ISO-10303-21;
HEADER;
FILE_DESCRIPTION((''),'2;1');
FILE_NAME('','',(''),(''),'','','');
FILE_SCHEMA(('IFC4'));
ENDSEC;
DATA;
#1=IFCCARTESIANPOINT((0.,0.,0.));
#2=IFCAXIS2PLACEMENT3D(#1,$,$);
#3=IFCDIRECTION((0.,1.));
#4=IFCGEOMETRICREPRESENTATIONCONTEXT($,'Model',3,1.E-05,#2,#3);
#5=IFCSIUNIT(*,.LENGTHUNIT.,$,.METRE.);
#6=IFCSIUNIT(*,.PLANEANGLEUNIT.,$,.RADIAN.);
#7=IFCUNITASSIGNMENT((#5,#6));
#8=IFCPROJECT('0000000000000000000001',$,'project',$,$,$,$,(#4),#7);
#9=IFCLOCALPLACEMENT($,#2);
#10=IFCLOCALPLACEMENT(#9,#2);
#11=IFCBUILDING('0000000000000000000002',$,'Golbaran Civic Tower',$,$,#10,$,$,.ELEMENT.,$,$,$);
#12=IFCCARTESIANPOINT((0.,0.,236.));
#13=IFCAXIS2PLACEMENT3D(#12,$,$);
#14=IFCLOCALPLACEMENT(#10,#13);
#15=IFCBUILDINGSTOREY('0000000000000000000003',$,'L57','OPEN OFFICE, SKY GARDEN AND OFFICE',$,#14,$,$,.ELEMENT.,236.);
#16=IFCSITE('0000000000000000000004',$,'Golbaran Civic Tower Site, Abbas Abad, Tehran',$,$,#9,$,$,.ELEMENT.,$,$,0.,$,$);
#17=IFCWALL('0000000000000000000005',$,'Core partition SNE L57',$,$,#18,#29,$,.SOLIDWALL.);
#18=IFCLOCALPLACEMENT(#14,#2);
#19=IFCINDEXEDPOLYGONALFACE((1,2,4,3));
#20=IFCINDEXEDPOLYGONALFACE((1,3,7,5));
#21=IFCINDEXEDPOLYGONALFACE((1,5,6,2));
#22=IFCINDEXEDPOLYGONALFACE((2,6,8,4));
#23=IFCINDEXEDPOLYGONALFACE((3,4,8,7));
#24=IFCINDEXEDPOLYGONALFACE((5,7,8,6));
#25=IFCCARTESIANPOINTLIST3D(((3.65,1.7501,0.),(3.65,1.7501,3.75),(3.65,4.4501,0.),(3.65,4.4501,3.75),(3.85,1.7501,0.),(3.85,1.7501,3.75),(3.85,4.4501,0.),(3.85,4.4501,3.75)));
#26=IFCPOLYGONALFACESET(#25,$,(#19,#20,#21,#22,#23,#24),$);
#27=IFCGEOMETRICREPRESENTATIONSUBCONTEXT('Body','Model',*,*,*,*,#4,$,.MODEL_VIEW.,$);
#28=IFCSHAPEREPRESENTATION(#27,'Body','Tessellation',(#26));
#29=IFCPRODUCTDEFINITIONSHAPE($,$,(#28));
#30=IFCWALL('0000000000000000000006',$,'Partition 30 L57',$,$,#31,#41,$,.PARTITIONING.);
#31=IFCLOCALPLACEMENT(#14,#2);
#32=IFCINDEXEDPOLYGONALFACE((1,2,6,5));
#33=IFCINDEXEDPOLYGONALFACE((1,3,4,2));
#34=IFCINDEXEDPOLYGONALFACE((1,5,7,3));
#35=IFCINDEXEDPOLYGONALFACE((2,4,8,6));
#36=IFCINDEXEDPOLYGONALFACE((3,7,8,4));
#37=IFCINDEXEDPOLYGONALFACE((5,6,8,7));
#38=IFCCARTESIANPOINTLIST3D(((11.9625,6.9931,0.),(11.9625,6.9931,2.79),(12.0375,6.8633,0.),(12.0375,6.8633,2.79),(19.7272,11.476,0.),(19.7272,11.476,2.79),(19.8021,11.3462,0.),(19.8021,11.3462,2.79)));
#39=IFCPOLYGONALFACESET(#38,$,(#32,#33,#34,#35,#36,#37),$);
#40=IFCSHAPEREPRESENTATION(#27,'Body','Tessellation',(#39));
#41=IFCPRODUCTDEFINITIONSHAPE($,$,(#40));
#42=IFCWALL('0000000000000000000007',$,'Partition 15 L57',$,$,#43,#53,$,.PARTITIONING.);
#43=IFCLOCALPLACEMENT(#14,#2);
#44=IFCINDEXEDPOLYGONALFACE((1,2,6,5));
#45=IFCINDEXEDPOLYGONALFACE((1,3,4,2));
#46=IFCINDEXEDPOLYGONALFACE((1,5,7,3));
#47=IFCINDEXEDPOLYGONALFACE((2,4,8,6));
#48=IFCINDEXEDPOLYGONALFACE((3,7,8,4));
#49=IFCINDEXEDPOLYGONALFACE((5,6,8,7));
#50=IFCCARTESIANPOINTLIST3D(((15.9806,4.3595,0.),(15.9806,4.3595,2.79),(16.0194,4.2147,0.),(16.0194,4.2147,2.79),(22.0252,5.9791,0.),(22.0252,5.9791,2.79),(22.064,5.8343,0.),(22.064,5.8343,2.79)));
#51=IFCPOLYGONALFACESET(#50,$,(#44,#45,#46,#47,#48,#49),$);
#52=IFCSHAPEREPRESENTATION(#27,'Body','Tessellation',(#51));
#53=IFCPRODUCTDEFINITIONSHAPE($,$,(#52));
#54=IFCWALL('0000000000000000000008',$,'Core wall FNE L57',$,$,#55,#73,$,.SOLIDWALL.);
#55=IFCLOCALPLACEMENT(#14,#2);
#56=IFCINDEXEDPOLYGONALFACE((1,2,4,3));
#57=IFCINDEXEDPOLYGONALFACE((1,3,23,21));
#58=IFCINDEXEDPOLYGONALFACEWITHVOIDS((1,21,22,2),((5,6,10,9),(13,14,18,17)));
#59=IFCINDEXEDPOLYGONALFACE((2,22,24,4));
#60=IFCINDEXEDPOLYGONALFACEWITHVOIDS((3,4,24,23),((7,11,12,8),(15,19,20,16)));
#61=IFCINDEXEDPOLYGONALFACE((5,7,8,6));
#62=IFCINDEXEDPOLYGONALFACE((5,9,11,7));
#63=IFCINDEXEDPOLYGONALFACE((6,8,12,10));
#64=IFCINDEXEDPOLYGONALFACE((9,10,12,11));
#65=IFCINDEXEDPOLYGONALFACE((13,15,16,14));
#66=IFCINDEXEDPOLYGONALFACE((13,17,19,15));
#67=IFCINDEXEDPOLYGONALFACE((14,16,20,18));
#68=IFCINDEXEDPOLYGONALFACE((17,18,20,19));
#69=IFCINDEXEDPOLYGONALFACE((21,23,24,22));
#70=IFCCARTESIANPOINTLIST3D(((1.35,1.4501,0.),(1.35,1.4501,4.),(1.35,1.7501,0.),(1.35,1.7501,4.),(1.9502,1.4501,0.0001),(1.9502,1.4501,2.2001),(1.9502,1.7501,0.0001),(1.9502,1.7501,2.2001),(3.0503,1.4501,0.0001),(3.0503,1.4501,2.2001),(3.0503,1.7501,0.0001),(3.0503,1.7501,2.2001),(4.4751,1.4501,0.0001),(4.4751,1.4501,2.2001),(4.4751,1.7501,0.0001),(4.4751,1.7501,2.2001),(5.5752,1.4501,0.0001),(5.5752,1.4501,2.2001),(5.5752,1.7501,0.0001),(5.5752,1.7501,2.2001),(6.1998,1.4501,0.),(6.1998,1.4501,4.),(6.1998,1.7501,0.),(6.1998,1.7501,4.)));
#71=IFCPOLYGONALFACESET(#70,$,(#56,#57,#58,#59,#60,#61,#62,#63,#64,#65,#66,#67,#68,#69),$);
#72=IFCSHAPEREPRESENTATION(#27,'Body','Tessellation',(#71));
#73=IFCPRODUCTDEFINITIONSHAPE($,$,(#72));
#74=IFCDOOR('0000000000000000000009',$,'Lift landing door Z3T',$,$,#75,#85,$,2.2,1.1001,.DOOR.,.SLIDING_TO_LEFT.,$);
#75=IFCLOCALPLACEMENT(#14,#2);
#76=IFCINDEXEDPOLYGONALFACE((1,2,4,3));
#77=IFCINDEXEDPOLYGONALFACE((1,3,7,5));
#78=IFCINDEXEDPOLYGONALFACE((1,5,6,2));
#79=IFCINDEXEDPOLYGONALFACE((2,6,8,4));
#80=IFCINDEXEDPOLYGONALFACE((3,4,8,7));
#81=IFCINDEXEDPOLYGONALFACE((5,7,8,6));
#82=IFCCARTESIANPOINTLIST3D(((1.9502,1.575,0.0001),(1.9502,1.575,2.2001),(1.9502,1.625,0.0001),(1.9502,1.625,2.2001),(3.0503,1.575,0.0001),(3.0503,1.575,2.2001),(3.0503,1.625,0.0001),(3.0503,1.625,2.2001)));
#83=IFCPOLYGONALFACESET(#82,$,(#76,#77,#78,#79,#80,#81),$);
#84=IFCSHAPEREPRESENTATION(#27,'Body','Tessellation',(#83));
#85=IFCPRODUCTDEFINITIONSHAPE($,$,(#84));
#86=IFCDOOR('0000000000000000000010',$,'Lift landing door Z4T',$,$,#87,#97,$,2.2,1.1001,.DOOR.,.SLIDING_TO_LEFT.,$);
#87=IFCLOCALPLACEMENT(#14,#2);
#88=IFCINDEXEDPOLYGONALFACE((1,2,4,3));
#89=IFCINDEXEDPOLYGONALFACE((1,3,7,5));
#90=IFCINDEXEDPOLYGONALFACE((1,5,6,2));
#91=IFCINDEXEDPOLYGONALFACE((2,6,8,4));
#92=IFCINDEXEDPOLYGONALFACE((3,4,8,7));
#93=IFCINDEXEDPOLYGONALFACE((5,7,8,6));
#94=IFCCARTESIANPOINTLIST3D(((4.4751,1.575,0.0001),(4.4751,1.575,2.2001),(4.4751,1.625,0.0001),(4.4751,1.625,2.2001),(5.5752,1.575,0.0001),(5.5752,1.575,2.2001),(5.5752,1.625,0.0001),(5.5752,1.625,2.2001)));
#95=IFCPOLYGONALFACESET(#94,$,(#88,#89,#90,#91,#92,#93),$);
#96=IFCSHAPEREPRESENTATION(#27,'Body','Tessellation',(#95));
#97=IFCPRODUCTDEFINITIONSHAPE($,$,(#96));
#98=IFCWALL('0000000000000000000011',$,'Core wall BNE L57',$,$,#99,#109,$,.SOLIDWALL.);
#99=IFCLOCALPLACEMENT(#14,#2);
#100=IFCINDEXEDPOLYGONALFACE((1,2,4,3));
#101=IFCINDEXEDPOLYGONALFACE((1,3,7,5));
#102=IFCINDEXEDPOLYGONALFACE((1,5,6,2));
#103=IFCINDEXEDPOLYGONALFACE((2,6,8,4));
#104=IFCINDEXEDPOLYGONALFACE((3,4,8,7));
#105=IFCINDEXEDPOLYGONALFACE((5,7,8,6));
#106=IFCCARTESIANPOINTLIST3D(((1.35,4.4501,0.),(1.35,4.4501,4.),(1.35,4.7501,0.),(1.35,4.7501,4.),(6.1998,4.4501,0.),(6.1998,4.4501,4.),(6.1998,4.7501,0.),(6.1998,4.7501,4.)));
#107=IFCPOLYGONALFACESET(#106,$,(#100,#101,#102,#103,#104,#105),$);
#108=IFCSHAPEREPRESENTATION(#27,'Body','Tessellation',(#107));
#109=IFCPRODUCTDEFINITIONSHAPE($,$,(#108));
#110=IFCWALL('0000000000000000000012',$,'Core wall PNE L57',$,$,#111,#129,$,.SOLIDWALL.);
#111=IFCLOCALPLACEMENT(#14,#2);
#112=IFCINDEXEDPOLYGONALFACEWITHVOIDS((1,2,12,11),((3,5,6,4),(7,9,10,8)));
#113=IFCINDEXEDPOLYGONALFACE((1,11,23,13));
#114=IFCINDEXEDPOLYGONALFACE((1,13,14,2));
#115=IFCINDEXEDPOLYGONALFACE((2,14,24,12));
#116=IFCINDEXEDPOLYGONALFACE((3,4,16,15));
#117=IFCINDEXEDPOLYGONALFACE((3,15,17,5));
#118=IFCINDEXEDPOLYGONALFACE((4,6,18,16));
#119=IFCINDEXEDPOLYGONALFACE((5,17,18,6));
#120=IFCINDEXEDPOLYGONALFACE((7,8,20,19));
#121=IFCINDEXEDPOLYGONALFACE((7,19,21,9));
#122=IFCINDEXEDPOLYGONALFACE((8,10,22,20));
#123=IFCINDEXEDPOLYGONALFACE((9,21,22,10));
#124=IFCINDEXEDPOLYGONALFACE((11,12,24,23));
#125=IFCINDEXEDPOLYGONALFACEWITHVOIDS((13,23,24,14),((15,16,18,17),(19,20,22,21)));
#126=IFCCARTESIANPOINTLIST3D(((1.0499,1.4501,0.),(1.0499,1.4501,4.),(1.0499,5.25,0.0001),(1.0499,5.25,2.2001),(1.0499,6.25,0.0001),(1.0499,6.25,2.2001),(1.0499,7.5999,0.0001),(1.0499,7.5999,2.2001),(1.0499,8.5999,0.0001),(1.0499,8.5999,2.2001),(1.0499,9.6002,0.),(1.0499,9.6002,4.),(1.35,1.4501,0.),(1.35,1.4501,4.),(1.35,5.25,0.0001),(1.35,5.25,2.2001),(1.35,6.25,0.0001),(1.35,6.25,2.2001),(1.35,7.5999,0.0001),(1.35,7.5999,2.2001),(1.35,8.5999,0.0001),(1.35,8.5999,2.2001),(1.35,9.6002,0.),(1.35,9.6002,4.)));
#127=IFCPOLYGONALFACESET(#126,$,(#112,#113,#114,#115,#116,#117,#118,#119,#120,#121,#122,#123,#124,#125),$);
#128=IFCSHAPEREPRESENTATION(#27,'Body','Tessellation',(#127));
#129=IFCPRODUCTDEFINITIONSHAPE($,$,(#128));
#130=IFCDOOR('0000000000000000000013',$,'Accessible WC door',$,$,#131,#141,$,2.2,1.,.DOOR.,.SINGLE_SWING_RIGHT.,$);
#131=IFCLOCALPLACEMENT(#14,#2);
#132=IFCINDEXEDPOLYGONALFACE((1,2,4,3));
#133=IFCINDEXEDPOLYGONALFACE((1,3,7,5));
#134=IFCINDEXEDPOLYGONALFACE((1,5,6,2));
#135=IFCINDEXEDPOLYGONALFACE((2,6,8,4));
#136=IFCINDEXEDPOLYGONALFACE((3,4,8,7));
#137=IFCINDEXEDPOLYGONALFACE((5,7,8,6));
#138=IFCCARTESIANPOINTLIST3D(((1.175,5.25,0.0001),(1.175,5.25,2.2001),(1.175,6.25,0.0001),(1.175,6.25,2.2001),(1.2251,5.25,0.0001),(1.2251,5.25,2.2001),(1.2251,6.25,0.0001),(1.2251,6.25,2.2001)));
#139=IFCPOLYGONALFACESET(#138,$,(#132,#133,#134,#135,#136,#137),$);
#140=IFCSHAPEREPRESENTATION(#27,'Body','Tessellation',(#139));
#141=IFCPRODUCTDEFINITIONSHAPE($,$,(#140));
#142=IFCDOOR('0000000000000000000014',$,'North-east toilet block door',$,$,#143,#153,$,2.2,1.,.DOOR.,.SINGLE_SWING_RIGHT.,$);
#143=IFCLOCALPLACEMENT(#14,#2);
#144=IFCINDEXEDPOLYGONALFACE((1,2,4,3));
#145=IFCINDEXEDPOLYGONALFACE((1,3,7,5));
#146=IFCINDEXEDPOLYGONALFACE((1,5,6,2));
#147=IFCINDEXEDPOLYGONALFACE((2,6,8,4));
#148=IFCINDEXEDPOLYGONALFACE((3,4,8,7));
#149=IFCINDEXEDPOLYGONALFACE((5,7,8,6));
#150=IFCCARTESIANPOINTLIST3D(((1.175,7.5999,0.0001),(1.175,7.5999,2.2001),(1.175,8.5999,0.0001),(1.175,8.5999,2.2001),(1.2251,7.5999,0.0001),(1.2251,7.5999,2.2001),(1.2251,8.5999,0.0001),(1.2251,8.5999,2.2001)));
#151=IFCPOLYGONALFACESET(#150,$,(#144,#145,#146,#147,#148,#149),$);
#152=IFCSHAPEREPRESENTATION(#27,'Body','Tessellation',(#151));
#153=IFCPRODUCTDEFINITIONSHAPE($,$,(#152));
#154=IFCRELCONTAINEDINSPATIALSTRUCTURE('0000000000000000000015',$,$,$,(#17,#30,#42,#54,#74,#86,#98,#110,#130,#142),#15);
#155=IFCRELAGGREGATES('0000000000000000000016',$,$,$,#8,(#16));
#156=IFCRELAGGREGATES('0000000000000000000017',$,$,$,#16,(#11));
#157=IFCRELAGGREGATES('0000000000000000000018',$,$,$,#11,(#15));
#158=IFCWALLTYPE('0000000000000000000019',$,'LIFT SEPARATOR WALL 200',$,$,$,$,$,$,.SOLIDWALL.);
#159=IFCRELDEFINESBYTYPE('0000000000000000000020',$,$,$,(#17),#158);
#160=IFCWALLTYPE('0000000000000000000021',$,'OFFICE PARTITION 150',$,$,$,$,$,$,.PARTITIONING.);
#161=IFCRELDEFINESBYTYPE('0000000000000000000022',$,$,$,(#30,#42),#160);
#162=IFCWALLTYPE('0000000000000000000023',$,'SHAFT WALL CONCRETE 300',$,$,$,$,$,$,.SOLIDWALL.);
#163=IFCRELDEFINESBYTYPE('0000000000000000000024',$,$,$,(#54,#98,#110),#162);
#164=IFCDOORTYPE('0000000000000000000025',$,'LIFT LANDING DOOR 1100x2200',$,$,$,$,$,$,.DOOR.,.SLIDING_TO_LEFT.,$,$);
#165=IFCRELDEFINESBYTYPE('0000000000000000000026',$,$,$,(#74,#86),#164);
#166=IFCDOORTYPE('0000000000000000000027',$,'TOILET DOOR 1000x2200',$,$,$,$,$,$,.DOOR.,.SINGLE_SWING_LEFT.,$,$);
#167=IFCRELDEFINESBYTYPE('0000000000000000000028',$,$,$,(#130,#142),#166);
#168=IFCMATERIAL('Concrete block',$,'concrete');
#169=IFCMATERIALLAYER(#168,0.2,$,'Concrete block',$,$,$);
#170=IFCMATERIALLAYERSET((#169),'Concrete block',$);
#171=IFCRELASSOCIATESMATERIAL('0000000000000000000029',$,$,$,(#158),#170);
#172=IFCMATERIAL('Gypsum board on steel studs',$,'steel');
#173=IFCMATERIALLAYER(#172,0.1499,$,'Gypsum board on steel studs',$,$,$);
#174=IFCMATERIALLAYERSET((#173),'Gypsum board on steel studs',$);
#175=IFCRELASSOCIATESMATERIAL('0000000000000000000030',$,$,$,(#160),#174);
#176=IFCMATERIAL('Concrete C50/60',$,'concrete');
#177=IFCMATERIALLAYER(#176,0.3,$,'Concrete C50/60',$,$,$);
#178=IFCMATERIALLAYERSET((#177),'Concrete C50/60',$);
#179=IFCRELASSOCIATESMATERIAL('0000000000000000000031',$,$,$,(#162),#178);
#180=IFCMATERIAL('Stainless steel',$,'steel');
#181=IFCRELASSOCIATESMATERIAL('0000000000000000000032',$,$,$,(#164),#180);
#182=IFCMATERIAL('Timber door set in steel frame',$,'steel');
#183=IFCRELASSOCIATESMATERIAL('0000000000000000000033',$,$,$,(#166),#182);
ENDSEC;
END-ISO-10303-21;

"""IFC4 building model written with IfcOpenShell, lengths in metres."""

from ifc_helpers import new_model, si_unit, direction, frame, frame_2d, origin, place, context, subcontext, project, spatial, rectangle, extrude, material, layer, layer_set, type_object, element, fill, save


model = new_model("IFC4")

# Units and contexts
model_context = context("Model", 3, precision=1e-05, world=origin(), true_north=direction((0.0, 1.0)))
body_context = subcontext(model_context, "Body", "Model", "MODEL_VIEW")
ifc_project = project(units=[si_unit("LENGTHUNIT", "METRE"), si_unit("PLANEANGLEUNIT", "RADIAN")], contexts=[model_context])

# Site, building, storey
site_placement = place(None, origin())
site = spatial("IfcSite", under=ifc_project, at=site_placement, Name="Golbaran Civic Tower Site, Abbas Abad, Tehran", CompositionType="ELEMENT", RefElevation=0.0)
building_placement = place(site_placement, origin())
building = spatial("IfcBuilding", under=site, at=building_placement, Name="Golbaran Civic Tower", CompositionType="ELEMENT")
storey_placement = place(building_placement, frame((0.0, 0.0, 236.0)))
storey = spatial("IfcBuildingStorey", under=building, at=storey_placement, Name="L57", Description="OPEN OFFICE, SKY GARDEN AND OFFICE", CompositionType="ELEMENT", Elevation=236.0)

# Shared definitions
ifc_material_1 = material(Name="Concrete block", Category="concrete")
ifc_material_2 = material(Name="Timber door set in steel frame", Category="steel")

# Shared definitions
ifc_material_3 = material(Name="Concrete C50/60", Category="concrete")

# Walls
ifc_layer_1 = layer(ifc_material_1, 0.2, Name="Concrete block")
ifc_layer_set_1 = layer_set([ifc_layer_1], Name="Concrete block")
wall_type_1 = type_object("IfcWallType", Name="LIFT SEPARATOR WALL 200", PredefinedType="SOLIDWALL", material=ifc_layer_set_1)
wall_1_placement = place(storey_placement, frame((3.75, 1.75, 0.0), z_axis=(0.0, 0.0, 1.0), x_axis=(0.0, 1.0, 0.0)))
element("IfcWall", 1, at=wall_1_placement, inside=storey, type_object=wall_type_1, Name="Core partition SNE L57", PredefinedType="SOLIDWALL", context=body_context, shape_type="SweptSolid", body=[
    extrude(rectangle(XDim=2.7, YDim=0.2, at=frame_2d((1.3501, 0.0))), origin(), (0.0, 0.0, 1.0), 3.75),
])
ifc_material_4 = material(Name="Gypsum board on steel studs", Category="steel")
ifc_layer_2 = layer(ifc_material_4, 0.1499, Name="Gypsum board on steel studs")
ifc_layer_set_2 = layer_set([ifc_layer_2], Name="Gypsum board on steel studs")
wall_type_2 = type_object("IfcWallType", Name="OFFICE PARTITION 150", PredefinedType="PARTITIONING", material=ifc_layer_set_2)
wall_2_placement = place(storey_placement, frame((12.0, 6.9282, 0.0), z_axis=(0.0, 0.0, 1.0), x_axis=(0.866026, 0.499999, 0.0)))
element("IfcWall", 2, at=wall_2_placement, inside=storey, type_object=wall_type_2, Name="Partition 30 L57", PredefinedType="PARTITIONING", context=body_context, shape_type="SweptSolid", body=[
    extrude(rectangle(XDim=8.9658, YDim=0.1499, at=frame_2d((4.4829, 0.0))), origin(), (0.0, 0.0, 1.0), 2.79),
])
wall_3_placement = place(storey_placement, frame((16.0, 4.2871, 0.0), z_axis=(0.0, 0.0, 1.0), x_axis=(0.965927, 0.258813, 0.0)))
element("IfcWall", 3, at=wall_3_placement, inside=storey, type_object=wall_type_2, Name="Partition 15 L57", PredefinedType="PARTITIONING", context=body_context, shape_type="SweptSolid", body=[
    extrude(rectangle(XDim=6.2578, YDim=0.1499, at=frame_2d((3.1289, 0.0))), origin(), (0.0, 0.0, 1.0), 2.79),
])

# Wall, openings, doors
ifc_layer_3 = layer(ifc_material_3, 0.3, Name="Concrete C50/60")
ifc_layer_set_3 = layer_set([ifc_layer_3], Name="Concrete C50/60")
wall_type_3 = type_object("IfcWallType", Name="SHAFT WALL CONCRETE 300", PredefinedType="SOLIDWALL", material=ifc_layer_set_3)
wall_4_placement = place(storey_placement, frame((1.3501, 1.6001, 0.0), z_axis=(0.0, 0.0, 1.0), x_axis=(1.0, 0.0, 0.0)))
wall_4 = element("IfcWall", 4, at=wall_4_placement, inside=storey, type_object=wall_type_3, Name="Core wall FNE L57", PredefinedType="SOLIDWALL", context=body_context, shape_type="SweptSolid", body=[
    extrude(rectangle(XDim=4.8499, YDim=0.3, at=frame_2d((2.4248, 0.0))), origin(), (0.0, 0.0, 1.0), 4.0),
])
opening_1_placement = place(wall_4_placement, frame((0.6001, 0.0, 0.0)))
opening_1 = element("IfcOpeningElement", 5, at=opening_1_placement, cuts=wall_4, PredefinedType="OPENING", context=body_context, shape_type="SweptSolid", body=[
    extrude(rectangle(XDim=1.1001, YDim=2.2, at=frame_2d((0.55, 1.1001))), frame((0.0, 0.1599, 0.0), z_axis=(0.0, -1.0, 0.0), x_axis=(1.0, 0.0, 0.0)), (0.0, 0.0, 1.0), 0.3201),
])
opening_2_placement = place(wall_4_placement, frame((3.125, 0.0, 0.0)))
opening_2 = element("IfcOpeningElement", 6, at=opening_2_placement, cuts=wall_4, PredefinedType="OPENING", context=body_context, shape_type="SweptSolid", body=[
    extrude(rectangle(XDim=1.1001, YDim=2.2, at=frame_2d((0.55, 1.1001))), frame((0.0, 0.1599, 0.0), z_axis=(0.0, -1.0, 0.0), x_axis=(1.0, 0.0, 0.0)), (0.0, 0.0, 1.0), 0.3201),
])
ifc_material_5 = material(Name="Stainless steel", Category="steel")
door_type_1 = type_object("IfcDoorType", Name="LIFT LANDING DOOR 1100x2200", OperationType="SLIDING_TO_LEFT", PredefinedType="DOOR", material=ifc_material_5)
door_1_placement = place(opening_1_placement, origin())
door_1 = element("IfcDoor", 7, at=door_1_placement, inside=storey, type_object=door_type_1, Name="Lift landing door Z3T", OperationType="SLIDING_TO_LEFT", OverallHeight=2.2, OverallWidth=1.1001, PredefinedType="DOOR", context=body_context, shape_type="SweptSolid", body=[
    extrude(rectangle(XDim=1.1001, YDim=2.2, at=frame_2d((0.55, 1.1001))), frame((0.0, 0.0249, 0.0), z_axis=(0.0, -1.0, 0.0), x_axis=(1.0, 0.0, 0.0)), (0.0, 0.0, 1.0), 0.05),
])
fill(opening_1, door_1)
door_2_placement = place(opening_2_placement, origin())
door_2 = element("IfcDoor", 8, at=door_2_placement, inside=storey, type_object=door_type_1, Name="Lift landing door Z4T", OperationType="SLIDING_TO_LEFT", OverallHeight=2.2, OverallWidth=1.1001, PredefinedType="DOOR", context=body_context, shape_type="SweptSolid", body=[
    extrude(rectangle(XDim=1.1001, YDim=2.2, at=frame_2d((0.55, 1.1001))), frame((0.0, 0.0249, 0.0), z_axis=(0.0, -1.0, 0.0), x_axis=(1.0, 0.0, 0.0)), (0.0, 0.0, 1.0), 0.05),
])
fill(opening_2, door_2)

# Wall
wall_5_placement = place(storey_placement, frame((1.3501, 4.6001, 0.0), z_axis=(0.0, 0.0, 1.0), x_axis=(1.0, 0.0, 0.0)))
element("IfcWall", 9, at=wall_5_placement, inside=storey, type_object=wall_type_3, Name="Core wall BNE L57", PredefinedType="SOLIDWALL", context=body_context, shape_type="SweptSolid", body=[
    extrude(rectangle(XDim=4.8499, YDim=0.3, at=frame_2d((2.4248, 0.0))), origin(), (0.0, 0.0, 1.0), 4.0),
])

# Wall, openings, doors
wall_6_placement = place(storey_placement, frame((1.2, 1.45, 0.0), z_axis=(0.0, 0.0, 1.0), x_axis=(0.0, 1.0, 0.0)))
wall_6 = element("IfcWall", 10, at=wall_6_placement, inside=storey, type_object=wall_type_3, Name="Core wall PNE L57", PredefinedType="SOLIDWALL", context=body_context, shape_type="SweptSolid", body=[
    extrude(rectangle(XDim=8.1501, YDim=0.3, at=frame_2d((4.0752, 0.0))), origin(), (0.0, 0.0, 1.0), 4.0),
])
opening_3_placement = place(wall_6_placement, frame((3.8, 0.0, 0.0)))
opening_3 = element("IfcOpeningElement", 11, at=opening_3_placement, cuts=wall_6, PredefinedType="OPENING", context=body_context, shape_type="SweptSolid", body=[
    extrude(rectangle(XDim=1.0, YDim=2.2, at=frame_2d((0.5, 1.1001))), frame((0.0, 0.1599, 0.0), z_axis=(0.0, -1.0, 0.0), x_axis=(1.0, 0.0, 0.0)), (0.0, 0.0, 1.0), 0.3201),
])
opening_4_placement = place(wall_6_placement, frame((6.1499, 0.0, 0.0)))
opening_4 = element("IfcOpeningElement", 12, at=opening_4_placement, cuts=wall_6, PredefinedType="OPENING", context=body_context, shape_type="SweptSolid", body=[
    extrude(rectangle(XDim=1.0, YDim=2.2, at=frame_2d((0.5, 1.1001))), frame((0.0, 0.1599, 0.0), z_axis=(0.0, -1.0, 0.0), x_axis=(1.0, 0.0, 0.0)), (0.0, 0.0, 1.0), 0.3201),
])
door_type_2 = type_object("IfcDoorType", Name="TOILET DOOR 1000x2200", OperationType="SINGLE_SWING_LEFT", PredefinedType="DOOR", material=ifc_material_2)
door_3_placement = place(opening_3_placement, origin())
door_3 = element("IfcDoor", 13, at=door_3_placement, inside=storey, type_object=door_type_2, Name="Accessible WC door", OperationType="SINGLE_SWING_RIGHT", OverallHeight=2.2, OverallWidth=1.0, PredefinedType="DOOR", context=body_context, shape_type="SweptSolid", body=[
    extrude(rectangle(XDim=1.0, YDim=2.2, at=frame_2d((0.5, 1.1001))), frame((0.0, 0.0249, 0.0), z_axis=(0.0, -1.0, 0.0), x_axis=(1.0, 0.0, 0.0)), (0.0, 0.0, 1.0), 0.05),
])
fill(opening_3, door_3)
door_4_placement = place(opening_4_placement, origin())
door_4 = element("IfcDoor", 14, at=door_4_placement, inside=storey, type_object=door_type_2, Name="North-east toilet block door", OperationType="SINGLE_SWING_RIGHT", OverallHeight=2.2, OverallWidth=1.0, PredefinedType="DOOR", context=body_context, shape_type="SweptSolid", body=[
    extrude(rectangle(XDim=1.0, YDim=2.2, at=frame_2d((0.5, 1.1001))), frame((0.0, 0.0249, 0.0), z_axis=(0.0, -1.0, 0.0), x_axis=(1.0, 0.0, 0.0)), (0.0, 0.0, 1.0), 0.05),
])
fill(opening_4, door_4)

save(model, "model.ifc")
